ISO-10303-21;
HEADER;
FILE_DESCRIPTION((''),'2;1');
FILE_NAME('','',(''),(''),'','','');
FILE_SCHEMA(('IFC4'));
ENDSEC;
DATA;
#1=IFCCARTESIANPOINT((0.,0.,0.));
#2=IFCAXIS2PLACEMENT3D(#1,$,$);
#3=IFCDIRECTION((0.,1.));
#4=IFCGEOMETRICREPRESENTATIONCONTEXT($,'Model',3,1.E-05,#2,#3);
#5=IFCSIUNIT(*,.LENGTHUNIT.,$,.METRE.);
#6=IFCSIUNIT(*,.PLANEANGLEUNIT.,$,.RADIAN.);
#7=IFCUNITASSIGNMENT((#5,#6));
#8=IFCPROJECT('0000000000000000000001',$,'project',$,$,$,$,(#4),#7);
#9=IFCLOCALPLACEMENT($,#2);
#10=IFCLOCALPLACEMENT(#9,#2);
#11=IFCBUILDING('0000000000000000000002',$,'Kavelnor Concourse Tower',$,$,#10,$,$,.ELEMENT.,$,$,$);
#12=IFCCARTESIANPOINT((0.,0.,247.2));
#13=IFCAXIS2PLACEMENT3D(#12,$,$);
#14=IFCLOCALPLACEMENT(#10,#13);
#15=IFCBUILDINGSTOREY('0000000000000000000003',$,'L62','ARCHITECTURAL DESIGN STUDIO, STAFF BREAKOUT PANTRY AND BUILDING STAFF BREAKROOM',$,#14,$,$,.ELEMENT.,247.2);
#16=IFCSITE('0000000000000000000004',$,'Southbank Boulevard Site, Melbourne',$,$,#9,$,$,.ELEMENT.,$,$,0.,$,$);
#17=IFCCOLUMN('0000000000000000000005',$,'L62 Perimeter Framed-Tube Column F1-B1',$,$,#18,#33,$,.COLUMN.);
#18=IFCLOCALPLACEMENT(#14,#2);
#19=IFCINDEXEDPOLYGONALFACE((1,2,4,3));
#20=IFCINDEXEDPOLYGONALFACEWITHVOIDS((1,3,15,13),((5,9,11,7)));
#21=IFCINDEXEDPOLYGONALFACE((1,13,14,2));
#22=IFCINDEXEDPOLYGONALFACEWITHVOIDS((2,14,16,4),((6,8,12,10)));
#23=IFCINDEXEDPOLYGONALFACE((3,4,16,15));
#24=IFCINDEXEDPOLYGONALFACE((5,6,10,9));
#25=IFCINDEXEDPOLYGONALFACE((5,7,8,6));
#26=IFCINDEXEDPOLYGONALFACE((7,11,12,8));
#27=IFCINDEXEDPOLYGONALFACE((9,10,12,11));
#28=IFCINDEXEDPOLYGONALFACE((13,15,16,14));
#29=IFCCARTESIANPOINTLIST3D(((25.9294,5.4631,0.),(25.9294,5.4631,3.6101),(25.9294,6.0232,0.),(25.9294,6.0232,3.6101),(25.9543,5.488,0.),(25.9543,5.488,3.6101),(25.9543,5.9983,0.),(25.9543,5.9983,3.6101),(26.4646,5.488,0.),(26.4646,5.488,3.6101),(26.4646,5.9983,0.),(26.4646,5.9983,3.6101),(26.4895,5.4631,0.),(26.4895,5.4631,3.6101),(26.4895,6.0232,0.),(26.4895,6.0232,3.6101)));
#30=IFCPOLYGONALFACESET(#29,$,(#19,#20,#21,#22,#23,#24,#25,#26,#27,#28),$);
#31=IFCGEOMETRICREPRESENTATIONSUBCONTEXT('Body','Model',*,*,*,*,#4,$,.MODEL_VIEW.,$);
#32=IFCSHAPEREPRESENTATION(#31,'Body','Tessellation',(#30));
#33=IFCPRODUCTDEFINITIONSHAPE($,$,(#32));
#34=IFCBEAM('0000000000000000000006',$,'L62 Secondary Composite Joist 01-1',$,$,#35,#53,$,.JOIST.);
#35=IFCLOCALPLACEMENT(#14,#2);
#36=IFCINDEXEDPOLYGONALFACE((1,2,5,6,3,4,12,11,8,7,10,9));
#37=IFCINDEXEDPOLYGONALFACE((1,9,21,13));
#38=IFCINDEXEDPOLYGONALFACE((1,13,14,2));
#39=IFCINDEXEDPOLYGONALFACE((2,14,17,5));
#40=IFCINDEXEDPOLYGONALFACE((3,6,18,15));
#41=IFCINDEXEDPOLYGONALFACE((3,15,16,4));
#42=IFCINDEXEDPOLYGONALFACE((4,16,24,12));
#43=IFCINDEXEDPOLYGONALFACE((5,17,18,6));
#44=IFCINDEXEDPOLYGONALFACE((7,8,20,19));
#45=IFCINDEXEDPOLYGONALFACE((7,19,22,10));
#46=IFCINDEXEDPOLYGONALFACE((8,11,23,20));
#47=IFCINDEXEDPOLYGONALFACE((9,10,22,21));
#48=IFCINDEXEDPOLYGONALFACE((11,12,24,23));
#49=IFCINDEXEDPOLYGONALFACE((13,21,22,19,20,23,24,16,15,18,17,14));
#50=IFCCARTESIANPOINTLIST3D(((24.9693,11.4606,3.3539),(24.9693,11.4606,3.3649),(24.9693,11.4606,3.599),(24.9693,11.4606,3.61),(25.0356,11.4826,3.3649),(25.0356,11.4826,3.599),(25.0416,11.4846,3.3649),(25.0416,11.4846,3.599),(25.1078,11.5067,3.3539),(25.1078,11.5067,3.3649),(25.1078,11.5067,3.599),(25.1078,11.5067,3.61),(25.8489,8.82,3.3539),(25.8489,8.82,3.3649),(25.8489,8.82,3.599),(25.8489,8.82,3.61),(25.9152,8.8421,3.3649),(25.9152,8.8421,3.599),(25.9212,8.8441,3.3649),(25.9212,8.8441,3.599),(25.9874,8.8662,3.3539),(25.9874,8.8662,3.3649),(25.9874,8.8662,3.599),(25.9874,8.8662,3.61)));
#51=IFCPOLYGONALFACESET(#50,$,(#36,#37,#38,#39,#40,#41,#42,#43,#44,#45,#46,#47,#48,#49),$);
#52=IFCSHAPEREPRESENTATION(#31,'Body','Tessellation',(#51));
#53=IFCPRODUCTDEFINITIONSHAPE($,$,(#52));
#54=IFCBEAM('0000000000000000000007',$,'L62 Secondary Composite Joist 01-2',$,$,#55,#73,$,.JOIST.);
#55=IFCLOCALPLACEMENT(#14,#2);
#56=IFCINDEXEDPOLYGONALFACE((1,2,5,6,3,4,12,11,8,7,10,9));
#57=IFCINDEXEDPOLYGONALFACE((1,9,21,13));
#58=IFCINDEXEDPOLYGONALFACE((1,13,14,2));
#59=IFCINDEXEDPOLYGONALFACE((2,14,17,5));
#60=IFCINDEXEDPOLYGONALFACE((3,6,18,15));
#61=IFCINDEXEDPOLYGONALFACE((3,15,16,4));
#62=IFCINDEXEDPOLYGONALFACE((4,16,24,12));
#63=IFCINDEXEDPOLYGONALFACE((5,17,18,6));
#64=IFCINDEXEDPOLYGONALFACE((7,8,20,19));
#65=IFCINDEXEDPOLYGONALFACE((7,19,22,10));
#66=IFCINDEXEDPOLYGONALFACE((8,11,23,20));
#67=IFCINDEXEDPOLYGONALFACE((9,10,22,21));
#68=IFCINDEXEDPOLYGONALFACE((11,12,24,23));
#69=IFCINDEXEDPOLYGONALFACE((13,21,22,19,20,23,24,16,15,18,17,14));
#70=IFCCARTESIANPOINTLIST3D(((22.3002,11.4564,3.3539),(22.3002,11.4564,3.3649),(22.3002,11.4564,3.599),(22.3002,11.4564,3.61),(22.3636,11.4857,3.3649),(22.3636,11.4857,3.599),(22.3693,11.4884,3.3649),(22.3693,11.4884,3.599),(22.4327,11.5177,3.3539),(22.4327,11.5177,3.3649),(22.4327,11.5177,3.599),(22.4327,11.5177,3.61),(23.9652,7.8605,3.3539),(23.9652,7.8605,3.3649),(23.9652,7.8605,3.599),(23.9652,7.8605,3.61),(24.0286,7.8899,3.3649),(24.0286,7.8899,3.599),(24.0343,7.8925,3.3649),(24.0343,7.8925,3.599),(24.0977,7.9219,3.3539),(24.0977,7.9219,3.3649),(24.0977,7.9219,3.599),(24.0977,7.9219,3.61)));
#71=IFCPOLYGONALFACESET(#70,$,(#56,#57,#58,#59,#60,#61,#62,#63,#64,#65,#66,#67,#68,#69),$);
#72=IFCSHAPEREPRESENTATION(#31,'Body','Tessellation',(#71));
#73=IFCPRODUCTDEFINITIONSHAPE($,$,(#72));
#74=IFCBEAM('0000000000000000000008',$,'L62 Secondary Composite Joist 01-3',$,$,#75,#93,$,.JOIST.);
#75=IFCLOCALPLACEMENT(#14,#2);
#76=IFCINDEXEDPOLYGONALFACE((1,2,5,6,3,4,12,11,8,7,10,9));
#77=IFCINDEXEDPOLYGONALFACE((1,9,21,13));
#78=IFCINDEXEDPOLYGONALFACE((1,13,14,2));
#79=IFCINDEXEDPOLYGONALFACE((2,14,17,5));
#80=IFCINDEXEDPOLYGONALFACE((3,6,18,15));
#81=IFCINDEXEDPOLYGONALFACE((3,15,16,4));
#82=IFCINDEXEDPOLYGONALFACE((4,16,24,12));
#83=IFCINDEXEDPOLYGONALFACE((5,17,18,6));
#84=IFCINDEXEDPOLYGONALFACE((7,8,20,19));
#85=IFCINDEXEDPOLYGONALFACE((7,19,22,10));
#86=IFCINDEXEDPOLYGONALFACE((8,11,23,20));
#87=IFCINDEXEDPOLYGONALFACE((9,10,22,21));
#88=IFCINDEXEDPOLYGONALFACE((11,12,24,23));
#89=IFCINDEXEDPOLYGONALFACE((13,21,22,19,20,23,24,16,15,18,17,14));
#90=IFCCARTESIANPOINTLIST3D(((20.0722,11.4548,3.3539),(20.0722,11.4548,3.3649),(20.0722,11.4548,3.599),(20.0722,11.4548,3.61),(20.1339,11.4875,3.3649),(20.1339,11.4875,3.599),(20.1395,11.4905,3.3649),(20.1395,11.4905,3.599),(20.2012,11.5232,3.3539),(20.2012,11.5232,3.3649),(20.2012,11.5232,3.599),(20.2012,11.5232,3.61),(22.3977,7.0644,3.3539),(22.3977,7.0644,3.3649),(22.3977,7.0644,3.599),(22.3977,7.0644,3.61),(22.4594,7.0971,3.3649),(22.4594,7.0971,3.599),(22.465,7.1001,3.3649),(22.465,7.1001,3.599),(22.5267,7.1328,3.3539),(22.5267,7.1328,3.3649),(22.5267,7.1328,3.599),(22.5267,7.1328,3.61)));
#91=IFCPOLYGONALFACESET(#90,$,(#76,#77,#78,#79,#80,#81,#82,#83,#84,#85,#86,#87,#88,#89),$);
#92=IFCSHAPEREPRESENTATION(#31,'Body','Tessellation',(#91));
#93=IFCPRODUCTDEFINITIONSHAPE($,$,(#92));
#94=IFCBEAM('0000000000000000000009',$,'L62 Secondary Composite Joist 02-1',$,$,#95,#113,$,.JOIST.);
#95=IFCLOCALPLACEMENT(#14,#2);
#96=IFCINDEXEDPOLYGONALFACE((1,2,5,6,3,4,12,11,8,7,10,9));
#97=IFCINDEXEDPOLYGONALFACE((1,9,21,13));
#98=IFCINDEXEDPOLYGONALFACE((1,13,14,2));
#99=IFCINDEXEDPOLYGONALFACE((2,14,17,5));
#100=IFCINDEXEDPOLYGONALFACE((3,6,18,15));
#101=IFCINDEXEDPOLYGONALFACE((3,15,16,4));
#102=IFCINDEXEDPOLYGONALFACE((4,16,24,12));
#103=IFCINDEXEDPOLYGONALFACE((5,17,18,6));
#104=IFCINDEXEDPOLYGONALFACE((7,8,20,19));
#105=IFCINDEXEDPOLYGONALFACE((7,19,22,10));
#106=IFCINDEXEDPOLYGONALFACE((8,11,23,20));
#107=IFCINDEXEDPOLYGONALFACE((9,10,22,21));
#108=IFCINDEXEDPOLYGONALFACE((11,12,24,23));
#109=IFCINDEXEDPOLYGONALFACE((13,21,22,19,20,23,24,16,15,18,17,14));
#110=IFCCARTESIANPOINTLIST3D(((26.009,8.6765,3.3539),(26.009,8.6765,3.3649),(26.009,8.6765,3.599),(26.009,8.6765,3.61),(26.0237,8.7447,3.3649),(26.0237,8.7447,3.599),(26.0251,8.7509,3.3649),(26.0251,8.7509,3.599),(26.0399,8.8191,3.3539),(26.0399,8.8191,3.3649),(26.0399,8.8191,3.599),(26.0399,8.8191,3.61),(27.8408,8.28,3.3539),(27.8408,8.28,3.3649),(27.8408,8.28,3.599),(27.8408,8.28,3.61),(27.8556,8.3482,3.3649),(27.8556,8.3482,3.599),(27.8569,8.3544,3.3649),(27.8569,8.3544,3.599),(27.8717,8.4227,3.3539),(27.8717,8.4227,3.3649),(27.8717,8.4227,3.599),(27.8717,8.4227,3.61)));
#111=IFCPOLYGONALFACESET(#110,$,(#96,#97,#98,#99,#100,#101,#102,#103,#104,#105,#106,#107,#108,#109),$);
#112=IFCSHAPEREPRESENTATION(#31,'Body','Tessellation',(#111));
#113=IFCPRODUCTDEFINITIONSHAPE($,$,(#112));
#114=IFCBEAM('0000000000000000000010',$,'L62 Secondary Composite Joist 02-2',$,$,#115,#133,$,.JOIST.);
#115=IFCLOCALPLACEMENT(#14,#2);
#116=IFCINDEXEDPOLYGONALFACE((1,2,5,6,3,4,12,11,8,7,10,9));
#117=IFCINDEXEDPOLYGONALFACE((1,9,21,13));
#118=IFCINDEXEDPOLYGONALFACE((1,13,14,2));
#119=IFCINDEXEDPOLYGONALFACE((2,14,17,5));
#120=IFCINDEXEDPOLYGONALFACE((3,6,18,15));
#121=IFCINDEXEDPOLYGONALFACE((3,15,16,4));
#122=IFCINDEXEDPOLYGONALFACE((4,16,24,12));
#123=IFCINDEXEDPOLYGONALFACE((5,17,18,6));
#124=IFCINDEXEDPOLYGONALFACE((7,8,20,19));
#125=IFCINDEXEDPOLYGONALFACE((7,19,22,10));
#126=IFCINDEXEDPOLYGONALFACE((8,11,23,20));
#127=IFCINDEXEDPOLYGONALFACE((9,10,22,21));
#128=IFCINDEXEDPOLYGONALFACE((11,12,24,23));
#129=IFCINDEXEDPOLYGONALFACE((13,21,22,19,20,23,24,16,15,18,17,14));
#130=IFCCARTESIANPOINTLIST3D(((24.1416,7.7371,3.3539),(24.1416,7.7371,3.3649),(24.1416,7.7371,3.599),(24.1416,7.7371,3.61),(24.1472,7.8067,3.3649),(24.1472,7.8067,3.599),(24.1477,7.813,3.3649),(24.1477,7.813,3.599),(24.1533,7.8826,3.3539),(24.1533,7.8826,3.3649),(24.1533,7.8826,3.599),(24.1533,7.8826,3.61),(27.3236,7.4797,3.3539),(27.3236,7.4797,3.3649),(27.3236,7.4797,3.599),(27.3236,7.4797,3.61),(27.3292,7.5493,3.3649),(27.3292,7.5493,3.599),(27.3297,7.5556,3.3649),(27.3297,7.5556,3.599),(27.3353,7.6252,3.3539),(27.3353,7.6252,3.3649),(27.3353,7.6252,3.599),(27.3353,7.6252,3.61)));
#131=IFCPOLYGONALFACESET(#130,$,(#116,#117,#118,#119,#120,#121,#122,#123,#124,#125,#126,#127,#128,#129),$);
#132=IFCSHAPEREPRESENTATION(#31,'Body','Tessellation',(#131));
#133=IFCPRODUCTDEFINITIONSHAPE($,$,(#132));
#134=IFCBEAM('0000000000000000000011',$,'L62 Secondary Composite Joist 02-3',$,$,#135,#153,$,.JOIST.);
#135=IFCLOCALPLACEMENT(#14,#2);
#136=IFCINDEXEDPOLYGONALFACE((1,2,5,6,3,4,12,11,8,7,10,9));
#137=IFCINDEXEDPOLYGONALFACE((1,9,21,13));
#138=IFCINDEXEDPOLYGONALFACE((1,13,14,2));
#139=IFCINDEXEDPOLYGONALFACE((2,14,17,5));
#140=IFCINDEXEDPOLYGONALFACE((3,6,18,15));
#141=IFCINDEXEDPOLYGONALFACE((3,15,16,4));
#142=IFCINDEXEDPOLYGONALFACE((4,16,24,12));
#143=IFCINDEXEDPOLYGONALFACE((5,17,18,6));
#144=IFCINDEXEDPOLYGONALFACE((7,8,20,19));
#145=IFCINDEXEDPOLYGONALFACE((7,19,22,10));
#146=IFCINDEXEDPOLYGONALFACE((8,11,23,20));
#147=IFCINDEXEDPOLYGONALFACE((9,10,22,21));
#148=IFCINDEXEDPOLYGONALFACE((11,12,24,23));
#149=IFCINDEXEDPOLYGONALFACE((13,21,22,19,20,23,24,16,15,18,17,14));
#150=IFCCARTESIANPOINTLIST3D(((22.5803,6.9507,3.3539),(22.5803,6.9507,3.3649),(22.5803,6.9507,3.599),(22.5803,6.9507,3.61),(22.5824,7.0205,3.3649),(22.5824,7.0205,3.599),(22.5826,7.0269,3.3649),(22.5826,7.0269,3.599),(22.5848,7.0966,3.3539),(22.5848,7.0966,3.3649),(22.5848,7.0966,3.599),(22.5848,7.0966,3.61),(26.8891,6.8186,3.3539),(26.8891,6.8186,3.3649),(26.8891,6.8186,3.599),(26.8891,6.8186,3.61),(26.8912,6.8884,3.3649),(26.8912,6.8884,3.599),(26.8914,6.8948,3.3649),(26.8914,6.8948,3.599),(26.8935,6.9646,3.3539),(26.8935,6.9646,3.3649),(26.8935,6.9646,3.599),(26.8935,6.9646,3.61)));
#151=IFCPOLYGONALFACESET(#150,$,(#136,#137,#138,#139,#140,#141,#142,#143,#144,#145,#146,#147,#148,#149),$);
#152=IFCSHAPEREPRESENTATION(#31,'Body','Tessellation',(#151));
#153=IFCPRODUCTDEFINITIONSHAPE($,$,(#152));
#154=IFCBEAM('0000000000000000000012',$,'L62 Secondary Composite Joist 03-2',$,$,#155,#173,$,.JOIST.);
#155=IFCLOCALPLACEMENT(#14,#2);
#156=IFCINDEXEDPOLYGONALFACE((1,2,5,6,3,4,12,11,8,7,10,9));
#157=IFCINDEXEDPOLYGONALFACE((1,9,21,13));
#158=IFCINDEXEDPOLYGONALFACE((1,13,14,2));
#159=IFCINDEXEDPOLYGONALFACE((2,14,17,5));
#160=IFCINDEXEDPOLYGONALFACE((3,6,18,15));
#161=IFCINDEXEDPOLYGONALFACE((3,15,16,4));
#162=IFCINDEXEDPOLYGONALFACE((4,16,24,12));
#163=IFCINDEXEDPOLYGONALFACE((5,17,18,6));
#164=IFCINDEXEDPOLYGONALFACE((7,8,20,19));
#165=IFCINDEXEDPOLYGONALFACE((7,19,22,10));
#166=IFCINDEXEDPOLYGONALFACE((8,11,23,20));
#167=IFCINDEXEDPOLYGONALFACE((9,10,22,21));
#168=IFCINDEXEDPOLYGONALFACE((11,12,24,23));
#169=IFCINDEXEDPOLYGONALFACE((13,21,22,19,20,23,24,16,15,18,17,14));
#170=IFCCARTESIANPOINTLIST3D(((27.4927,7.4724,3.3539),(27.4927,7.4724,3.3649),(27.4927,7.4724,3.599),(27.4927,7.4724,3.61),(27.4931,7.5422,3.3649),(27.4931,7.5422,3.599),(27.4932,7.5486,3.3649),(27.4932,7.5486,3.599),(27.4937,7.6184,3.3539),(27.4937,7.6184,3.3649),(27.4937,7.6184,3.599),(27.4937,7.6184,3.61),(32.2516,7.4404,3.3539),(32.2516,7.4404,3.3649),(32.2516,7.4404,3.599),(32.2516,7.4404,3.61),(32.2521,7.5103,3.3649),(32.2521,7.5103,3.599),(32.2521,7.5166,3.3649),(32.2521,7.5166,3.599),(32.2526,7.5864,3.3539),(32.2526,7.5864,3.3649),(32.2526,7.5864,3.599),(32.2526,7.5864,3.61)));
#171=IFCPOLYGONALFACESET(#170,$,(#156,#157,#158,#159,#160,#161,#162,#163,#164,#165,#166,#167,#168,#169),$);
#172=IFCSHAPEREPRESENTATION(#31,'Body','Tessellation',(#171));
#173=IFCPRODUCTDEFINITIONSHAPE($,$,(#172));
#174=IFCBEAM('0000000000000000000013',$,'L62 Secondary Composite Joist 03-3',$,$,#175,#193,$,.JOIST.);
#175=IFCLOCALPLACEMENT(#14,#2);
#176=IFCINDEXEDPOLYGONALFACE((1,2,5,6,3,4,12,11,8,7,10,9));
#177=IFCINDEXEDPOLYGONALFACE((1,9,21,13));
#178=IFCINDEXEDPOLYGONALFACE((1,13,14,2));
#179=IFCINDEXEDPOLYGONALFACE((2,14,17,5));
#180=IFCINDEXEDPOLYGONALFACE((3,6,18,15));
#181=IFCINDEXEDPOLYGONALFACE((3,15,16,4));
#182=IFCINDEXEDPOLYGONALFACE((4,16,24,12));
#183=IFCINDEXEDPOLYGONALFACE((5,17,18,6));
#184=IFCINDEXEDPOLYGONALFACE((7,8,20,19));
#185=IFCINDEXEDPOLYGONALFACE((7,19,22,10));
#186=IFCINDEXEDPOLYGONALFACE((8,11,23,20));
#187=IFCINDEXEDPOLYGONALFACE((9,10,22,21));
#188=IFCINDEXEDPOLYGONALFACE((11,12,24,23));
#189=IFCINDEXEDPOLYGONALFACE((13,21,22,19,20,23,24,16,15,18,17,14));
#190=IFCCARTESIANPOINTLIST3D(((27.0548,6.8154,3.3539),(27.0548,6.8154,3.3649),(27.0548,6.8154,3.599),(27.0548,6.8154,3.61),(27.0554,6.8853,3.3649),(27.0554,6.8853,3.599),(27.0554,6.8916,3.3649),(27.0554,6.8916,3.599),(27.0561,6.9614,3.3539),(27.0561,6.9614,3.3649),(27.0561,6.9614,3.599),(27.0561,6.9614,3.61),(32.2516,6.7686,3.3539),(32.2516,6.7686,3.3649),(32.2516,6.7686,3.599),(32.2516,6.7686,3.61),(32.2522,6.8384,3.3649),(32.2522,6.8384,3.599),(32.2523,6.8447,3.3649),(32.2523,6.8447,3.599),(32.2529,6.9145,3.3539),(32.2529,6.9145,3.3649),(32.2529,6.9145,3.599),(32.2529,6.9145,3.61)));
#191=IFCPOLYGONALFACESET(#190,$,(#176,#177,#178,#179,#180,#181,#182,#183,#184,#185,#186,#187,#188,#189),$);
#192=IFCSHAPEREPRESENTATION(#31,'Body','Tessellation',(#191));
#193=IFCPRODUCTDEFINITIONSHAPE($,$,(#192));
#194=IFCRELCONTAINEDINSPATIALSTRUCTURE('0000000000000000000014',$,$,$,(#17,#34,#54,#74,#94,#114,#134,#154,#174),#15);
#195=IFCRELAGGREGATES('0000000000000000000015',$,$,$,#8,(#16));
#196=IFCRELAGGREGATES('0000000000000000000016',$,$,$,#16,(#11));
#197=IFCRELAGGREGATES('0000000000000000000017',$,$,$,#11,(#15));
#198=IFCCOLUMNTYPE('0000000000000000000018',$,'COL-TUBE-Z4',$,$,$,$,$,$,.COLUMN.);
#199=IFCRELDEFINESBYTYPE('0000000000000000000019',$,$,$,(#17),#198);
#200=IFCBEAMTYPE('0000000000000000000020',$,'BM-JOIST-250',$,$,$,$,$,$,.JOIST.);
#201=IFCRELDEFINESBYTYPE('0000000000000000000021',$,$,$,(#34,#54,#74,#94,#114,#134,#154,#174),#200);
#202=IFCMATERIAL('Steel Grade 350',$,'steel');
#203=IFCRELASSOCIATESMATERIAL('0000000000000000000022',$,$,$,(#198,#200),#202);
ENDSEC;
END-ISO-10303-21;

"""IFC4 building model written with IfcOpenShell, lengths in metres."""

from ifc_helpers import new_model, si_unit, direction, frame, origin, origin_2d, place, context, subcontext, project, spatial, hollow_rectangle, i_section, extrude, material, material_profile, profile_set, type_object, element, save


model = new_model("IFC4")

# Units and contexts
model_context = context("Model", 3, precision=1e-05, world=origin(), true_north=direction((0.0, 1.0)))
body_context = subcontext(model_context, "Body", "Model", "MODEL_VIEW")
ifc_project = project(units=[si_unit("LENGTHUNIT", "METRE"), si_unit("PLANEANGLEUNIT", "RADIAN")], contexts=[model_context])

# Site, building, storey
site_placement = place(None, origin())
site = spatial("IfcSite", under=ifc_project, at=site_placement, Name="Southbank Boulevard Site, Melbourne", CompositionType="ELEMENT", RefElevation=0.0)
building_placement = place(site_placement, origin())
building = spatial("IfcBuilding", under=site, at=building_placement, Name="Kavelnor Concourse Tower", CompositionType="ELEMENT")
storey_placement = place(building_placement, frame((0.0, 0.0, 247.2)))
storey = spatial("IfcBuildingStorey", under=building, at=storey_placement, Name="L62", Description="ARCHITECTURAL DESIGN STUDIO, STAFF BREAKOUT PANTRY AND BUILDING STAFF BREAKROOM", CompositionType="ELEMENT", Elevation=247.2)

# Column
ifc_material_1 = material(Name="Steel Grade 350", Category="steel")
ifc_material_profile_1 = material_profile(ifc_material_1, hollow_rectangle(XDim=0.5601, YDim=0.5601, WallThickness=0.0249, at=origin_2d()), Name="SHS 560x560x25")
ifc_profile_set_1 = profile_set([ifc_material_profile_1], Name="Steel Grade 350")
column_type = type_object("IfcColumnType", Name="COL-TUBE-Z4", PredefinedType="COLUMN", material=ifc_profile_set_1)
column_placement = place(storey_placement, frame((26.2095, 5.7432, 0.0), z_axis=(0.0, 0.0, 1.0), x_axis=(1.0, 0.0, 0.0)))
element("IfcColumn", 1, at=column_placement, inside=storey, type_object=column_type, Name="L62 Perimeter Framed-Tube Column F1-B1", PredefinedType="COLUMN", context=body_context, shape_type="SweptSolid", body=[
    extrude(hollow_rectangle(XDim=0.5601, YDim=0.5601, WallThickness=0.0249, at=origin_2d()), origin(), (0.0, 0.0, 1.0), 3.6101),
])

# Beams
ifc_material_profile_2 = material_profile(ifc_material_1, i_section(OverallWidth=0.146, OverallDepth=0.2561, WebThickness=0.0063, FlangeThickness=0.011, at=origin_2d()), Name="250UB37")
ifc_profile_set_2 = profile_set([ifc_material_profile_2], Name="Steel Grade 350")
beam_type_1 = type_object("IfcBeamType", Name="BM-JOIST-250", PredefinedType="JOIST", material=ifc_profile_set_2)
beam_1_placement = place(storey_placement, frame((25.0386, 11.4836, 3.4819), z_axis=(0.316044, -0.948745, 0.0), x_axis=(0.948745, 0.316044, 0.0)))
element("IfcBeam", 2, at=beam_1_placement, inside=storey, type_object=beam_type_1, Name="L62 Secondary Composite Joist 01-1", PredefinedType="JOIST", context=body_context, shape_type="SweptSolid", body=[
    extrude(i_section(OverallWidth=0.146, OverallDepth=0.2561, WebThickness=0.0063, FlangeThickness=0.011, at=origin_2d()), origin(), (0.0, 0.0, 1.0), 2.7832),
])
beam_2_placement = place(storey_placement, frame((22.3665, 11.4871, 3.4819), z_axis=(0.420175, -0.907443, 0.0), x_axis=(0.907443, 0.420175, 0.0)))
element("IfcBeam", 3, at=beam_2_placement, inside=storey, type_object=beam_type_1, Name="L62 Secondary Composite Joist 01-2", PredefinedType="JOIST", context=body_context, shape_type="SweptSolid", body=[
    extrude(i_section(OverallWidth=0.146, OverallDepth=0.2561, WebThickness=0.0063, FlangeThickness=0.011, at=origin_2d()), origin(), (0.0, 0.0, 1.0), 3.9626),
])
beam_3_placement = place(storey_placement, frame((20.1367, 11.489, 3.4819), z_axis=(0.468064, -0.883695, 0.0), x_axis=(0.883695, 0.468064, 0.0)))
element("IfcBeam", 4, at=beam_3_placement, inside=storey, type_object=beam_type_1, Name="L62 Secondary Composite Joist 01-3", PredefinedType="JOIST", context=body_context, shape_type="SweptSolid", body=[
    extrude(i_section(OverallWidth=0.146, OverallDepth=0.2561, WebThickness=0.0063, FlangeThickness=0.011, at=origin_2d()), origin(), (0.0, 0.0, 1.0), 4.9683),
])
beam_4_placement = place(storey_placement, frame((26.0244, 8.7478, 3.4819), z_axis=(0.977368, -0.211548, 0.0), x_axis=(0.211548, 0.977368, 0.0)))
element("IfcBeam", 5, at=beam_4_placement, inside=storey, type_object=beam_type_1, Name="L62 Secondary Composite Joist 02-1", PredefinedType="JOIST", context=body_context, shape_type="SweptSolid", body=[
    extrude(i_section(OverallWidth=0.146, OverallDepth=0.2561, WebThickness=0.0063, FlangeThickness=0.011, at=origin_2d()), origin(), (0.0, 0.0, 1.0), 1.8743),
])
beam_5_placement = place(storey_placement, frame((24.1475, 7.8098, 3.4819), z_axis=(0.996746, -0.080608, 0.0), x_axis=(0.080608, 0.996746, 0.0)))
element("IfcBeam", 6, at=beam_5_placement, inside=storey, type_object=beam_type_1, Name="L62 Secondary Composite Joist 02-2", PredefinedType="JOIST", context=body_context, shape_type="SweptSolid", body=[
    extrude(i_section(OverallWidth=0.146, OverallDepth=0.2561, WebThickness=0.0063, FlangeThickness=0.011, at=origin_2d()), origin(), (0.0, 0.0, 1.0), 3.1924),
])
beam_6_placement = place(storey_placement, frame((22.5825, 7.0237, 3.4819), z_axis=(0.999531, -0.030639, 0.0), x_axis=(0.030639, 0.999531, 0.0)))
element("IfcBeam", 7, at=beam_6_placement, inside=storey, type_object=beam_type_1, Name="L62 Secondary Composite Joist 02-3", PredefinedType="JOIST", context=body_context, shape_type="SweptSolid", body=[
    extrude(i_section(OverallWidth=0.146, OverallDepth=0.2561, WebThickness=0.0063, FlangeThickness=0.011, at=origin_2d()), origin(), (0.0, 0.0, 1.0), 4.3108),
])
beam_7_placement = place(storey_placement, frame((27.4932, 7.5454, 3.4819), z_axis=(0.999977, -0.00672, 0.0), x_axis=(0.00672, 0.999977, 0.0)))
element("IfcBeam", 8, at=beam_7_placement, inside=storey, type_object=beam_type_1, Name="L62 Secondary Composite Joist 03-2", PredefinedType="JOIST", context=body_context, shape_type="SweptSolid", body=[
    extrude(i_section(OverallWidth=0.146, OverallDepth=0.2561, WebThickness=0.0063, FlangeThickness=0.011, at=origin_2d()), origin(), (0.0, 0.0, 1.0), 4.759),
])
beam_8_placement = place(storey_placement, frame((27.0554, 6.8884, 3.4819), z_axis=(0.999959, -0.00902, 0.0), x_axis=(0.00902, 0.999959, 0.0)))
element("IfcBeam", 9, at=beam_8_placement, inside=storey, type_object=beam_type_1, Name="L62 Secondary Composite Joist 03-3", PredefinedType="JOIST", context=body_context, shape_type="SweptSolid", body=[
    extrude(i_section(OverallWidth=0.146, OverallDepth=0.2561, WebThickness=0.0063, FlangeThickness=0.011, at=origin_2d()), origin(), (0.0, 0.0, 1.0), 5.197),
])

save(model, "model.ifc")
